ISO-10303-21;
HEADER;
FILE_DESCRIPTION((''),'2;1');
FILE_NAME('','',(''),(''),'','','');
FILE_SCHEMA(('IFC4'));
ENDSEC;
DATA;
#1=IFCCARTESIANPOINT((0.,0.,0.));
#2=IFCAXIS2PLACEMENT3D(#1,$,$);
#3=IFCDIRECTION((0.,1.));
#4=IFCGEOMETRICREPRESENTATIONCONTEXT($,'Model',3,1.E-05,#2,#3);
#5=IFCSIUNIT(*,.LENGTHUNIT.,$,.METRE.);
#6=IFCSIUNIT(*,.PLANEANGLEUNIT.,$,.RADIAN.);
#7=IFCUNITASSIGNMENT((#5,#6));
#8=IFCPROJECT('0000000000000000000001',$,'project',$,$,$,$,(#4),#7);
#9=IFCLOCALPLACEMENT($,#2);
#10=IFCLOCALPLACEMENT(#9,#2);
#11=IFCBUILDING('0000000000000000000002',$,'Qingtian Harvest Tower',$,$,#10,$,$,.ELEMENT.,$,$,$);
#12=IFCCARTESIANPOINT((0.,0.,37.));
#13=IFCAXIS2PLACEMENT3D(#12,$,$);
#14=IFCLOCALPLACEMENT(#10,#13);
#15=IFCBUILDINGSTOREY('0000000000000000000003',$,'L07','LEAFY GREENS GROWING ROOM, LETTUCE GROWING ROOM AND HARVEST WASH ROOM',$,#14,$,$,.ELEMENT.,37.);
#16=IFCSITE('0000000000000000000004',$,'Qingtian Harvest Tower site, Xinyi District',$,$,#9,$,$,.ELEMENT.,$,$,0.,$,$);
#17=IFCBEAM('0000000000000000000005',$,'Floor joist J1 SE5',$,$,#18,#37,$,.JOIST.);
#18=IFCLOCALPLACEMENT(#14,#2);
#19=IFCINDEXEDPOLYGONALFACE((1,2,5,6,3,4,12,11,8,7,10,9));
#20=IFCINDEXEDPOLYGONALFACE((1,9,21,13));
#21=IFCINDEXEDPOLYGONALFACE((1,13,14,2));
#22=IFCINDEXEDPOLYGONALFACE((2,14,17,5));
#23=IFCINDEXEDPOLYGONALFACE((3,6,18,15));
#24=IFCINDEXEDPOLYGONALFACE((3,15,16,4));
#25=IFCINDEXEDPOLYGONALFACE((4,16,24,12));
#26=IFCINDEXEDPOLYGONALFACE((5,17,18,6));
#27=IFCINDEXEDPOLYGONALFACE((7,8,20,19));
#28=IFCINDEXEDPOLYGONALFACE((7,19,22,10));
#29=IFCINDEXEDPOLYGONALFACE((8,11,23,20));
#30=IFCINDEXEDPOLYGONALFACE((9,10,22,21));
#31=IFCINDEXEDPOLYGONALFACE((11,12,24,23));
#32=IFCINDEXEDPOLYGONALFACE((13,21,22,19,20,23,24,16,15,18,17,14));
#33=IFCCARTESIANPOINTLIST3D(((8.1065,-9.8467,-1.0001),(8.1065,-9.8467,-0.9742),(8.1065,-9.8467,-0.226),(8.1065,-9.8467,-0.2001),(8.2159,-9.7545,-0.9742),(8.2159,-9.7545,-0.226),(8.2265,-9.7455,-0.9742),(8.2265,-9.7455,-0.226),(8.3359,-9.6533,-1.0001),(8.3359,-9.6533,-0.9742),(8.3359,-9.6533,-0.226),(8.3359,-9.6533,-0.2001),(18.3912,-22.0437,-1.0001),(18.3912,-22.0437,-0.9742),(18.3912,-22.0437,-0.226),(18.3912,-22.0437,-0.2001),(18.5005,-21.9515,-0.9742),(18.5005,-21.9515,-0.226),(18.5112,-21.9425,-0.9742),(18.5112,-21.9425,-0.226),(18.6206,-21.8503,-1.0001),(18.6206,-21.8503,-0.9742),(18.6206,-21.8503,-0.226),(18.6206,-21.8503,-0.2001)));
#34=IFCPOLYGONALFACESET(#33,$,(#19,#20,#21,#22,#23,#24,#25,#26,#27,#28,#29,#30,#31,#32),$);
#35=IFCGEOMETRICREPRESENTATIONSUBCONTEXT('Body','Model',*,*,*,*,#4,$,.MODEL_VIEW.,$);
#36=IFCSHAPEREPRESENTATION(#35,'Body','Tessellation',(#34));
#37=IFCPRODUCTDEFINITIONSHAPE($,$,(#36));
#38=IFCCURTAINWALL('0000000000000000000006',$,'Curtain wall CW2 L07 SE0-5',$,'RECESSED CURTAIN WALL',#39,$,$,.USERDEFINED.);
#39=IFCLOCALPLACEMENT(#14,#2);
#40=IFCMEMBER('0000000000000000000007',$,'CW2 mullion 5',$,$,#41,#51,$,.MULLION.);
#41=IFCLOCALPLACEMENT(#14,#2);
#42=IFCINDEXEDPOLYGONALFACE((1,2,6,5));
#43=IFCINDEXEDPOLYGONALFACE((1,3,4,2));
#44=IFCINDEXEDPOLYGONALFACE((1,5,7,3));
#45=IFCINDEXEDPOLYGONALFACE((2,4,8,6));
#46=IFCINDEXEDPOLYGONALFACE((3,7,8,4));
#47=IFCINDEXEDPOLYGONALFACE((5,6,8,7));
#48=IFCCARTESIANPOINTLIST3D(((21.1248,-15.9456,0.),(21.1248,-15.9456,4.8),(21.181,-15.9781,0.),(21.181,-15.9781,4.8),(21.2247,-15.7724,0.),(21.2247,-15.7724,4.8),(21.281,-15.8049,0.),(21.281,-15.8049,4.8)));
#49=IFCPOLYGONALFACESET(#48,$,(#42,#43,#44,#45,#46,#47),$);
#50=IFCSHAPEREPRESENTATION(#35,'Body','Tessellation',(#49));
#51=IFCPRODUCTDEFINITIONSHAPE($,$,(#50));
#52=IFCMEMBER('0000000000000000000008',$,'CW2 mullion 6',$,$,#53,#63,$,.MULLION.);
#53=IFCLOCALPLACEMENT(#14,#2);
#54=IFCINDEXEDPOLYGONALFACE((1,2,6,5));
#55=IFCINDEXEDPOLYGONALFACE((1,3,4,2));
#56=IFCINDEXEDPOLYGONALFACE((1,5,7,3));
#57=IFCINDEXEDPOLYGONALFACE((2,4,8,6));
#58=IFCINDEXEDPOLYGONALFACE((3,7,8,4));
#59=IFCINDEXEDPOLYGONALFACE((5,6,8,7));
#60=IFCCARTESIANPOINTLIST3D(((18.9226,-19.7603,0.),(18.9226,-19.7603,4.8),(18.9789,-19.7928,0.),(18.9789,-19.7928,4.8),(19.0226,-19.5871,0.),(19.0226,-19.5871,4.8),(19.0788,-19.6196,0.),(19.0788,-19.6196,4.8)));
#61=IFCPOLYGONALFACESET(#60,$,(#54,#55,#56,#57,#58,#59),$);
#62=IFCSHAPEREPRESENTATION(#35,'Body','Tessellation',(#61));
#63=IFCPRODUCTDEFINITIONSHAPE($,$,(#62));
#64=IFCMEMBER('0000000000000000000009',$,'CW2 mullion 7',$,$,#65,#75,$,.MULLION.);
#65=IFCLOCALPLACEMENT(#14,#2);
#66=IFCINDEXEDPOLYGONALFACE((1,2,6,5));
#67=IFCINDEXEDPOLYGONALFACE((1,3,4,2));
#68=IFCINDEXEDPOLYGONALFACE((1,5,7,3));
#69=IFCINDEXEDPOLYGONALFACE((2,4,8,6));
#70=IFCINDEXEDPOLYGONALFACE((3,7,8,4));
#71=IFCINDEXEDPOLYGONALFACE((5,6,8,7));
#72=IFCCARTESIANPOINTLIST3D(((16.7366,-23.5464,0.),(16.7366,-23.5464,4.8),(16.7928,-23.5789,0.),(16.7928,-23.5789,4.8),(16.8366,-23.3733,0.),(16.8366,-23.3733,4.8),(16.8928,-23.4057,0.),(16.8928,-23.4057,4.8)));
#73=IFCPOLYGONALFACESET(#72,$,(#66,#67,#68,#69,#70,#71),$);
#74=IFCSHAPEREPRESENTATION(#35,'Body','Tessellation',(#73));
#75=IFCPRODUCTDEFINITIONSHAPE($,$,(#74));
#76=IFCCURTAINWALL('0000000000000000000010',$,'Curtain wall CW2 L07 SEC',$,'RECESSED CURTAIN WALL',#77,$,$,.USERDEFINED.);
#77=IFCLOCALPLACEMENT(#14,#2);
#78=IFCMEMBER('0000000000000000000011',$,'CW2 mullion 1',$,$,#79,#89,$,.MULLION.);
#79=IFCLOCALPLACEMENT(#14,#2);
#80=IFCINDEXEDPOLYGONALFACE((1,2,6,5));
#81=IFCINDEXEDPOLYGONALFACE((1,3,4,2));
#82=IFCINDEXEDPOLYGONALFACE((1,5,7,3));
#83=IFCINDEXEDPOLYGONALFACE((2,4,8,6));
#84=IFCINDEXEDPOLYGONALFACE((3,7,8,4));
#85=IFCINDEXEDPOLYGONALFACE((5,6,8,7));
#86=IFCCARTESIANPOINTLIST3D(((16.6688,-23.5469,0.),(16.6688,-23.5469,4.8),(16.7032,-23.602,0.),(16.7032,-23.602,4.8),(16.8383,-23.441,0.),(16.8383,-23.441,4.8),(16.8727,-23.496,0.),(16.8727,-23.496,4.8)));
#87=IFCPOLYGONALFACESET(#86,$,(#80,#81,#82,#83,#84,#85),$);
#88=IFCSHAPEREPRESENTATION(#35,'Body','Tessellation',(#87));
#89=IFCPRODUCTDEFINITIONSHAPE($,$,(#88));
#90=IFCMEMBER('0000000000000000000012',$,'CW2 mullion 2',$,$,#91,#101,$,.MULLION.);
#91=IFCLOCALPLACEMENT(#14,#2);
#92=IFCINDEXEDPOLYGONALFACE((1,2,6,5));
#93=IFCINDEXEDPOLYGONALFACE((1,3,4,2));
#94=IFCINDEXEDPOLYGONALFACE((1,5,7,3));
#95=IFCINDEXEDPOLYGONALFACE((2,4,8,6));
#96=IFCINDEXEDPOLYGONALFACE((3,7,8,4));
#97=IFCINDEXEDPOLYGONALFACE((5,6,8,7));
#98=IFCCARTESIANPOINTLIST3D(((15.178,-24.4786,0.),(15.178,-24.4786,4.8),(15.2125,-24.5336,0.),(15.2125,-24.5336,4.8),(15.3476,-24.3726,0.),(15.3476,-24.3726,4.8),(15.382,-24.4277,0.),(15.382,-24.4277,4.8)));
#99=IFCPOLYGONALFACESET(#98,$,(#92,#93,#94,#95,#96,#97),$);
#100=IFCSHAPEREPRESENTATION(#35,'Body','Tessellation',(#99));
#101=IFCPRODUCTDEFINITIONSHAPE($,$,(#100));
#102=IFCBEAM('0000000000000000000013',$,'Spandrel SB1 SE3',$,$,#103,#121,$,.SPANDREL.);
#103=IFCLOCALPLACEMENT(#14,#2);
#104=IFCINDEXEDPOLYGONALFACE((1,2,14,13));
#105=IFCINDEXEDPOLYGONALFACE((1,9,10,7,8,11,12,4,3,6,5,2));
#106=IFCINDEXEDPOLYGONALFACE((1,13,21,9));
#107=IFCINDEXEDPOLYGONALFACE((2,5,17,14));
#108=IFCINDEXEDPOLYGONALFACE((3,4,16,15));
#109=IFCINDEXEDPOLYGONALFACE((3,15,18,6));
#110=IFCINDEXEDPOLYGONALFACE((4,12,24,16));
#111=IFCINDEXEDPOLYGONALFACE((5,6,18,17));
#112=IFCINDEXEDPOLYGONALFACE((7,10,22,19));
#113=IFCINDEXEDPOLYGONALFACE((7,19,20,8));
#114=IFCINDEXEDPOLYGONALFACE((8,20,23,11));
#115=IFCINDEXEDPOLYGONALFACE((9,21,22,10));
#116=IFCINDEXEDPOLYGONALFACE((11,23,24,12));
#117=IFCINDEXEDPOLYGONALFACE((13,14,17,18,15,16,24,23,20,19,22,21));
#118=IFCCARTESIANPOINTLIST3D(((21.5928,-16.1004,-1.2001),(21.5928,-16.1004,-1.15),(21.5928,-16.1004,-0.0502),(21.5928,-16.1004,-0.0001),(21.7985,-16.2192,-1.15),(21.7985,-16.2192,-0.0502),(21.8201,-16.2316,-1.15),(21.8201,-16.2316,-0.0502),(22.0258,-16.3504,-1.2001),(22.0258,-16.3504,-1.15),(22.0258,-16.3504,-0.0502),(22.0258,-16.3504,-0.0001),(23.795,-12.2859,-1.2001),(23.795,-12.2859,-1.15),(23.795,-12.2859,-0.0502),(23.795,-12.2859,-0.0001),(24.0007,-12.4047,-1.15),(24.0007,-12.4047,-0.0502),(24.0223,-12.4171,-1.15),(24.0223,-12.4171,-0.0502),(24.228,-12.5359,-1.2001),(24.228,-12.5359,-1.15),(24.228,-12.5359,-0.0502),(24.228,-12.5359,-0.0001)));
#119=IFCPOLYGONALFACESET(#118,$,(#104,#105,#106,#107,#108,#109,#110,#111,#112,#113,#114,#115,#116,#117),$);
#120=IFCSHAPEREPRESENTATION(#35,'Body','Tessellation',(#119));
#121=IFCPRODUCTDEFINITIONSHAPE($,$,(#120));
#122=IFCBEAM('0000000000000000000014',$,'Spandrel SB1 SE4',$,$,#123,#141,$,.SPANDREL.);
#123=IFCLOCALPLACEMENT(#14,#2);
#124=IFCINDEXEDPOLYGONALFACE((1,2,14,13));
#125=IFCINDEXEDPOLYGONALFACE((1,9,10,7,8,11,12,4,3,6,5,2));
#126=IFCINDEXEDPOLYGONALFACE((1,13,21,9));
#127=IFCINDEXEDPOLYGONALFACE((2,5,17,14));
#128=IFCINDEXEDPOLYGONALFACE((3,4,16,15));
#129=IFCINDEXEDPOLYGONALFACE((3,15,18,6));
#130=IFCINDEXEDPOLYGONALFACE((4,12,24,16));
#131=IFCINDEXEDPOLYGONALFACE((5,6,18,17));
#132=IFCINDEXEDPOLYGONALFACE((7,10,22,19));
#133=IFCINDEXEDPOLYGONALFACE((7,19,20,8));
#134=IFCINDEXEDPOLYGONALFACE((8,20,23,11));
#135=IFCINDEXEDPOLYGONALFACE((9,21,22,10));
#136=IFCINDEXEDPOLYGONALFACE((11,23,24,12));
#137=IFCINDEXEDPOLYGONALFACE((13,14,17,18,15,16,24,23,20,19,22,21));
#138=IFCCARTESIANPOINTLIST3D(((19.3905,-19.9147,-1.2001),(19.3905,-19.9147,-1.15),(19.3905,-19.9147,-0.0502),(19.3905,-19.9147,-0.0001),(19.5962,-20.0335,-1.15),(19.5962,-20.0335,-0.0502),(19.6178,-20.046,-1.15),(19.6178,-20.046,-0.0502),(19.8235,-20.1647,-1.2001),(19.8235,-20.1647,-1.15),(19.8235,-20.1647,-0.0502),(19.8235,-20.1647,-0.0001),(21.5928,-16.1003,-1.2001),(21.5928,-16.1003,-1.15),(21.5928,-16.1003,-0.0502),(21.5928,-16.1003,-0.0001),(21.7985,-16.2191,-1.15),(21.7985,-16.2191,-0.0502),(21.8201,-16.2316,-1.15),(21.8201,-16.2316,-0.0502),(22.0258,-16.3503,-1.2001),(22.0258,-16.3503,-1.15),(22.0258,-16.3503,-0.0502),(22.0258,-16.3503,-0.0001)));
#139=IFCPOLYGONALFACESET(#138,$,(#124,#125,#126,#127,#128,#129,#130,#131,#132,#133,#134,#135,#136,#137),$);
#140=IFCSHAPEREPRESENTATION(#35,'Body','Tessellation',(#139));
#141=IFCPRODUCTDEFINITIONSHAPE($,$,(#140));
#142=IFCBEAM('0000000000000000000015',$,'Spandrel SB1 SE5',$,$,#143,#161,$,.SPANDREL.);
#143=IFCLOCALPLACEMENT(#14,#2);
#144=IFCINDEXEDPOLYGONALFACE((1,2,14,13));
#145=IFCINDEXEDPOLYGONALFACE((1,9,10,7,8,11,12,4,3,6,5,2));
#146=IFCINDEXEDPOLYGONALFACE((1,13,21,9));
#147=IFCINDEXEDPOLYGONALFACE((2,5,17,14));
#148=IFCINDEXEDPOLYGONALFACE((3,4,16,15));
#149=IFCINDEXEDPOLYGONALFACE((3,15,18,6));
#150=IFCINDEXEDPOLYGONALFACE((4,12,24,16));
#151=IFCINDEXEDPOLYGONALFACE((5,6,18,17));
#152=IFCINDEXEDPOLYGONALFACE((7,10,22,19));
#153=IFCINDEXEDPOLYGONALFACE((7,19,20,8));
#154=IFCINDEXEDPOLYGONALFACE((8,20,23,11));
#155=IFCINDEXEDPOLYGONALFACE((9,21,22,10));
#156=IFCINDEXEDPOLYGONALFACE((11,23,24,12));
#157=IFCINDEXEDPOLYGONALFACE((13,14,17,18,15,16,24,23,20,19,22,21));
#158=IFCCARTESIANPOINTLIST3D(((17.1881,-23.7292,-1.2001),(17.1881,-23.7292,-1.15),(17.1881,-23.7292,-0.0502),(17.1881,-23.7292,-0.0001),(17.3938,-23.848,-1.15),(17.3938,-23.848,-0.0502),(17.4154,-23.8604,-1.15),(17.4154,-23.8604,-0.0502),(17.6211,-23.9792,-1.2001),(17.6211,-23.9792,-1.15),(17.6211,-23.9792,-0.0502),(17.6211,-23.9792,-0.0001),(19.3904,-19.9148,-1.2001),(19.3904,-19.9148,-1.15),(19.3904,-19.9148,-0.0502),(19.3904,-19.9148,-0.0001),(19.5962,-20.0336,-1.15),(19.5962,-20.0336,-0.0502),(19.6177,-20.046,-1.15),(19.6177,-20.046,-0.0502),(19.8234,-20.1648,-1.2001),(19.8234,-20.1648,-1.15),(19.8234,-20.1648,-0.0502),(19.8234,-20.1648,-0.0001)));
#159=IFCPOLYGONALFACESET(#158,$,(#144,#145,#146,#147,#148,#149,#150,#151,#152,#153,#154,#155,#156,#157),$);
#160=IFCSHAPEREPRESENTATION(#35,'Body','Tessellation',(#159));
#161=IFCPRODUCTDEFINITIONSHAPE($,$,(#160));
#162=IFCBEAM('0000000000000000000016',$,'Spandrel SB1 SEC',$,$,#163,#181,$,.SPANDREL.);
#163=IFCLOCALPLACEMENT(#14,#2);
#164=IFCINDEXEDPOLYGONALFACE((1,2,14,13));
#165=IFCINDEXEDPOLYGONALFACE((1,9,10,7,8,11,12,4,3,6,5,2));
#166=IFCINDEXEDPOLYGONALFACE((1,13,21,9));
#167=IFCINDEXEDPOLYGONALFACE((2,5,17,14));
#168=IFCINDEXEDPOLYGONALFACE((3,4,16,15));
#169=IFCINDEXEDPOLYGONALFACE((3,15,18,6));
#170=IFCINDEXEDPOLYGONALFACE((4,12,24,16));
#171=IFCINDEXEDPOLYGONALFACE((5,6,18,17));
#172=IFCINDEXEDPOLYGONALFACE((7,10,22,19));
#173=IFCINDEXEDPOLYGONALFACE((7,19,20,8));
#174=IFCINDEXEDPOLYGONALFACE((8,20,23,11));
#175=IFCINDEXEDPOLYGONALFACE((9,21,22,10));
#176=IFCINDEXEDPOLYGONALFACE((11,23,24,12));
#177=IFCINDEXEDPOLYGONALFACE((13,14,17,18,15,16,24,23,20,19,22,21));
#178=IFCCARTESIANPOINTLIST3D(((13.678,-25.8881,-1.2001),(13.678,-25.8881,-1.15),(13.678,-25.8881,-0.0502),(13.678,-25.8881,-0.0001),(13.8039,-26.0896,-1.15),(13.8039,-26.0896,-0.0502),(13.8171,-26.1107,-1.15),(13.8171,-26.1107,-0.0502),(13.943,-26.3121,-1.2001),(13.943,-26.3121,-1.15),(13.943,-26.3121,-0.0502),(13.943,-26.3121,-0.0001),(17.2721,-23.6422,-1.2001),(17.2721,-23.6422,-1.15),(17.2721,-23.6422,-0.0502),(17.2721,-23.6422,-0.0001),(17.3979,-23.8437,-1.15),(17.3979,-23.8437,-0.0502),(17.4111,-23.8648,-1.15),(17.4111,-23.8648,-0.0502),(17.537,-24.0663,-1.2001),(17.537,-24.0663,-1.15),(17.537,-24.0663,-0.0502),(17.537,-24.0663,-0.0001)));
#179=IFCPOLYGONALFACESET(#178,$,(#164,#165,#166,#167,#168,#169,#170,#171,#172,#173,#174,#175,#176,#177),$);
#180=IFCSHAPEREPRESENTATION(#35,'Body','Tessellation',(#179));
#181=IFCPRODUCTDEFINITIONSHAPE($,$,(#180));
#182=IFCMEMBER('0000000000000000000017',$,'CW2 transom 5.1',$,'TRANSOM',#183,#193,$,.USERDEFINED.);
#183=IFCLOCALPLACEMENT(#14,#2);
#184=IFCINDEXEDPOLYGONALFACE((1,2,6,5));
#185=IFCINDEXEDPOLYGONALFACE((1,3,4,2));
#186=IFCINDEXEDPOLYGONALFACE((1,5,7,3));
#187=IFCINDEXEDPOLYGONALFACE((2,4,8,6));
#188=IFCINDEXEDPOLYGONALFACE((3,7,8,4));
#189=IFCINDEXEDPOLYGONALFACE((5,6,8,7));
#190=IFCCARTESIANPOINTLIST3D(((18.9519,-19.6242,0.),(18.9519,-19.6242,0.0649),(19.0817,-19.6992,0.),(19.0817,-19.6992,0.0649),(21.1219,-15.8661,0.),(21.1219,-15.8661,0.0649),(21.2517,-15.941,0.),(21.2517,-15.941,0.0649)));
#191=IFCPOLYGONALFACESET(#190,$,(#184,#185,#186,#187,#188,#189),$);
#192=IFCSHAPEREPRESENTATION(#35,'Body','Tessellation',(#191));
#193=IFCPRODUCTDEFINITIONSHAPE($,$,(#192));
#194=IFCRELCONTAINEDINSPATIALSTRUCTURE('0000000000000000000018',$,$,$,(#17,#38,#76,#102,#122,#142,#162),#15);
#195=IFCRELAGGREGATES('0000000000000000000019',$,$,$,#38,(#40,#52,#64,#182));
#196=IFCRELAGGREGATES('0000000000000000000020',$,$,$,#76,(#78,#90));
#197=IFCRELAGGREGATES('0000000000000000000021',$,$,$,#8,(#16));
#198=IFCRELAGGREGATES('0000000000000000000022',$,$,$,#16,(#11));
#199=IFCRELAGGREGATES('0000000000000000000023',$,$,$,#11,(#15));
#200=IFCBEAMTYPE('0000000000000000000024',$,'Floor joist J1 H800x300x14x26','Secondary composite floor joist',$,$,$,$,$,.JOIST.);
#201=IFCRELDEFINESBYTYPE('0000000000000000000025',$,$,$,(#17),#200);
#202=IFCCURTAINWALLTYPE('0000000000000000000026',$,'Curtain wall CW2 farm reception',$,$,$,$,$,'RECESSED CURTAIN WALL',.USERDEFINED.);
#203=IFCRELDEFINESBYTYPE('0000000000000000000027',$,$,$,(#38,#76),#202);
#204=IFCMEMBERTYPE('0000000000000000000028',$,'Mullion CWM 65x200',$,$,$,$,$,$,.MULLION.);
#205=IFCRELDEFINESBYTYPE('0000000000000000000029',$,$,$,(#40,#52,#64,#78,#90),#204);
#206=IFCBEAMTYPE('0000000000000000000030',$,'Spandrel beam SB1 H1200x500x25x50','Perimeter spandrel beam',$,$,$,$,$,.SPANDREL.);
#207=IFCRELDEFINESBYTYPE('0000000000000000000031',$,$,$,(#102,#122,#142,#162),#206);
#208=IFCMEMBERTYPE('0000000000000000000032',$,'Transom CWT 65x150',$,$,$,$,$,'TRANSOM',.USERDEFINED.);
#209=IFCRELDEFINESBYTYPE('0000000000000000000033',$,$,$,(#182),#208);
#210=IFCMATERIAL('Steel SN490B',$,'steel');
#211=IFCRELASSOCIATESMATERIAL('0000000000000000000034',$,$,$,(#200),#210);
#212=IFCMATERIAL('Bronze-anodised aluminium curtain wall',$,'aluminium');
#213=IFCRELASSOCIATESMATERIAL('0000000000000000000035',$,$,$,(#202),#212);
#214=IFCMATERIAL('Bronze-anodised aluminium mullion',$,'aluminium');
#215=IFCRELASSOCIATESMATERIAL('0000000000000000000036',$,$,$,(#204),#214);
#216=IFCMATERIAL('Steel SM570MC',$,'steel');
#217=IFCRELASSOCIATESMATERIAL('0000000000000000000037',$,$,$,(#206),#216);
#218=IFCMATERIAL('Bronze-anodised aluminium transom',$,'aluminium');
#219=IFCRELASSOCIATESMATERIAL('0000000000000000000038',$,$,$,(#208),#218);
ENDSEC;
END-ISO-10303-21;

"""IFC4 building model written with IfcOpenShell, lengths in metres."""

from ifc_helpers import new_model, si_unit, direction, frame, origin, origin_2d, place, context, subcontext, project, spatial, rectangle, i_section, extrude, material, material_profile, profile_set, type_object, element, aggregate, save


model = new_model("IFC4")

# Units and contexts
model_context = context("Model", 3, precision=1e-05, world=origin(), true_north=direction((0.0, 1.0)))
body_context = subcontext(model_context, "Body", "Model", "MODEL_VIEW")
ifc_project = project(units=[si_unit("LENGTHUNIT", "METRE"), si_unit("PLANEANGLEUNIT", "RADIAN")], contexts=[model_context])

# Site, building, storey
site_placement = place(None, origin())
site = spatial("IfcSite", under=ifc_project, at=site_placement, Name="Qingtian Harvest Tower site, Xinyi District", CompositionType="ELEMENT", RefElevation=0.0)
building_placement = place(site_placement, origin())
building = spatial("IfcBuilding", under=site, at=building_placement, Name="Qingtian Harvest Tower", CompositionType="ELEMENT")
storey_placement = place(building_placement, frame((0.0, 0.0, 37.0)))
storey = spatial("IfcBuildingStorey", under=building, at=storey_placement, Name="L07", Description="LEAFY GREENS GROWING ROOM, LETTUCE GROWING ROOM AND HARVEST WASH ROOM", CompositionType="ELEMENT", Elevation=37.0)

# Beam
ifc_material_1 = material(Name="Steel SN490B", Category="steel")
ifc_material_profile_1 = material_profile(ifc_material_1, i_section(OverallWidth=0.3, OverallDepth=0.8, WebThickness=0.0139, FlangeThickness=0.0259, at=origin_2d()), Name="H800x300x14x26")
ifc_profile_set_1 = profile_set([ifc_material_profile_1], Name="Steel SN490B")
beam_type_1 = type_object("IfcBeamType", Name="Floor joist J1 H800x300x14x26", Description="Secondary composite floor joist", PredefinedType="JOIST", material=ifc_profile_set_1)
beam_1_placement = place(storey_placement, frame((18.5059, -21.947, -0.6001), z_axis=(-0.64463, 0.764494, 0.0), x_axis=(-0.764494, -0.64463, 0.0)))
element("IfcBeam", 1, at=beam_1_placement, inside=storey, type_object=beam_type_1, Name="Floor joist J1 SE5", PredefinedType="JOIST", context=body_context, shape_type="SweptSolid", body=[
    extrude(i_section(OverallWidth=0.3, OverallDepth=0.8, WebThickness=0.0139, FlangeThickness=0.0259, at=origin_2d()), origin(), (0.0, 0.0, 1.0), 15.9543),
])

# Curtain walls, members
ifc_material_2 = material(Name="Bronze-anodised aluminium curtain wall", Category="aluminium")
curtain_wall_type = type_object("IfcCurtainWallType", Name="Curtain wall CW2 farm reception", ElementType="RECESSED CURTAIN WALL", PredefinedType="USERDEFINED", material=ifc_material_2)
curtain_wall_1_placement = place(storey_placement, origin())
curtain_wall_1 = element("IfcCurtainWall", 2, at=curtain_wall_1_placement, inside=storey, type_object=curtain_wall_type, Name="Curtain wall CW2 L07 SE0-5", ObjectType="RECESSED CURTAIN WALL", PredefinedType="USERDEFINED")
ifc_material_3 = material(Name="Bronze-anodised aluminium mullion", Category="aluminium")
ifc_material_profile_2 = material_profile(ifc_material_3, rectangle(XDim=0.0649, YDim=0.2, at=origin_2d()), Name="AL 65x200")
ifc_profile_set_2 = profile_set([ifc_material_profile_2], Name="Bronze-anodised aluminium mullion")
member_type_1 = type_object("IfcMemberType", Name="Mullion CWM 65x200", PredefinedType="MULLION", material=ifc_profile_set_2)
member_1_placement = place(storey_placement, frame((21.2029, -15.8752, 0.0), z_axis=(0.0, 0.0, 1.0), x_axis=(0.866025, -0.5, 0.0)))
member_1 = element("IfcMember", 3, at=member_1_placement, type_object=member_type_1, Name="CW2 mullion 5", PredefinedType="MULLION", context=body_context, shape_type="SweptSolid", body=[
    extrude(rectangle(XDim=0.0649, YDim=0.2, at=origin_2d()), origin(), (0.0, 0.0, 1.0), 4.8),
])
member_2_placement = place(storey_placement, frame((19.0007, -19.6899, 0.0), z_axis=(0.0, 0.0, 1.0), x_axis=(0.866025, -0.5, 0.0)))
member_2 = element("IfcMember", 4, at=member_2_placement, type_object=member_type_1, Name="CW2 mullion 6", PredefinedType="MULLION", context=body_context, shape_type="SweptSolid", body=[
    extrude(rectangle(XDim=0.0649, YDim=0.2, at=origin_2d()), origin(), (0.0, 0.0, 1.0), 4.8),
])
member_3_placement = place(storey_placement, frame((16.8147, -23.4761, 0.0), z_axis=(0.0, 0.0, 1.0), x_axis=(0.866025, -0.5, 0.0)))
member_3 = element("IfcMember", 5, at=member_3_placement, type_object=member_type_1, Name="CW2 mullion 7", PredefinedType="MULLION", context=body_context, shape_type="SweptSolid", body=[
    extrude(rectangle(XDim=0.0649, YDim=0.2, at=origin_2d()), origin(), (0.0, 0.0, 1.0), 4.8),
])
curtain_wall_2_placement = place(storey_placement, origin())
curtain_wall_2 = element("IfcCurtainWall", 6, at=curtain_wall_2_placement, inside=storey, type_object=curtain_wall_type, Name="Curtain wall CW2 L07 SEC", ObjectType="RECESSED CURTAIN WALL", PredefinedType="USERDEFINED")
member_4_placement = place(storey_placement, frame((16.7708, -23.5215, 0.0), z_axis=(0.0, 0.0, 1.0), x_axis=(0.529919, -0.848048, 0.0)))
member_4 = element("IfcMember", 7, at=member_4_placement, type_object=member_type_1, Name="CW2 mullion 1", PredefinedType="MULLION", context=body_context, shape_type="SweptSolid", body=[
    extrude(rectangle(XDim=0.0649, YDim=0.2, at=origin_2d()), origin(), (0.0, 0.0, 1.0), 4.8),
])
member_5_placement = place(storey_placement, frame((15.28, -24.4531, 0.0), z_axis=(0.0, 0.0, 1.0), x_axis=(0.529919, -0.848048, 0.0)))
member_5 = element("IfcMember", 8, at=member_5_placement, type_object=member_type_1, Name="CW2 mullion 2", PredefinedType="MULLION", context=body_context, shape_type="SweptSolid", body=[
    extrude(rectangle(XDim=0.0649, YDim=0.2, at=origin_2d()), origin(), (0.0, 0.0, 1.0), 4.8),
])

# Beams
ifc_material_4 = material(Name="Steel SM570MC", Category="steel")
ifc_material_profile_3 = material_profile(ifc_material_4, i_section(OverallWidth=0.5, OverallDepth=1.2, WebThickness=0.0249, FlangeThickness=0.05, at=origin_2d()), Name="H1200x500x25x50")
ifc_profile_set_3 = profile_set([ifc_material_profile_3], Name="Steel SM570MC")
beam_type_2 = type_object("IfcBeamType", Name="Spandrel beam SB1 H1200x500x25x50", Description="Perimeter spandrel beam", PredefinedType="SPANDREL", material=ifc_profile_set_3)
for number, where, z_axis, x_axis, name in (
    (9, (24.0115, -12.4109, -0.6001), (-0.499978, -0.866038, 0.0), (0.866038, -0.499978, 0.0), "Spandrel SB1 SE3"),
    (10, (21.8093, -16.2253, -0.6001), (-0.50002, -0.866014, 0.0), (0.866014, -0.50002, 0.0), "Spandrel SB1 SE4"),
    (11, (19.6069, -20.0398, -0.6001), (-0.50002, -0.866014, 0.0), (0.866014, -0.50002, 0.0), "Spandrel SB1 SE5"),
):
    element("IfcBeam", number, at=place(storey_placement, frame(where, z_axis=z_axis, x_axis=x_axis)), inside=storey, type_object=beam_type_2, Name=name, PredefinedType="SPANDREL", context=body_context, shape_type="SweptSolid", body=[
        extrude(i_section(OverallWidth=0.5, OverallDepth=1.2, WebThickness=0.0249, FlangeThickness=0.05, at=origin_2d()), origin(), (0.0, 0.0, 1.0), 4.4045),
    ])
beam_2_placement = place(storey_placement, frame((17.4045, -23.8542, -0.6001), z_axis=(-0.84804, -0.529932, 0.0), x_axis=(0.529932, -0.84804, 0.0)))
element("IfcBeam", 12, at=beam_2_placement, inside=storey, type_object=beam_type_2, Name="Spandrel SB1 SEC", PredefinedType="SPANDREL", context=body_context, shape_type="SweptSolid", body=[
    extrude(i_section(OverallWidth=0.5, OverallDepth=1.2, WebThickness=0.0249, FlangeThickness=0.05, at=origin_2d()), origin(), (0.0, 0.0, 1.0), 4.238),
])

# Member
ifc_material_5 = material(Name="Bronze-anodised aluminium transom", Category="aluminium")
ifc_material_profile_4 = material_profile(ifc_material_5, rectangle(XDim=0.1499, YDim=0.0649, at=origin_2d()), Name="AL 65x150")
ifc_profile_set_4 = profile_set([ifc_material_profile_4], Name="Bronze-anodised aluminium transom")
member_type_2 = type_object("IfcMemberType", Name="Transom CWT 65x150", ElementType="TRANSOM", PredefinedType="USERDEFINED", material=ifc_profile_set_4)
member_6_placement = place(storey_placement, frame((21.1868, -15.9036, 0.0325), z_axis=(-0.500036, -0.866005, 0.0), x_axis=(0.866005, -0.500036, 0.0)))
member_6 = element("IfcMember", 13, at=member_6_placement, type_object=member_type_2, Name="CW2 transom 5.1", ObjectType="TRANSOM", PredefinedType="USERDEFINED", context=body_context, shape_type="SweptSolid", body=[
    extrude(rectangle(XDim=0.1499, YDim=0.0649, at=origin_2d()), origin(), (0.0, 0.0, 1.0), 4.3396),
])

aggregate(curtain_wall_1, [member_1, member_2, member_3, member_6])
aggregate(curtain_wall_2, [member_4, member_5])

save(model, "model.ifc")
